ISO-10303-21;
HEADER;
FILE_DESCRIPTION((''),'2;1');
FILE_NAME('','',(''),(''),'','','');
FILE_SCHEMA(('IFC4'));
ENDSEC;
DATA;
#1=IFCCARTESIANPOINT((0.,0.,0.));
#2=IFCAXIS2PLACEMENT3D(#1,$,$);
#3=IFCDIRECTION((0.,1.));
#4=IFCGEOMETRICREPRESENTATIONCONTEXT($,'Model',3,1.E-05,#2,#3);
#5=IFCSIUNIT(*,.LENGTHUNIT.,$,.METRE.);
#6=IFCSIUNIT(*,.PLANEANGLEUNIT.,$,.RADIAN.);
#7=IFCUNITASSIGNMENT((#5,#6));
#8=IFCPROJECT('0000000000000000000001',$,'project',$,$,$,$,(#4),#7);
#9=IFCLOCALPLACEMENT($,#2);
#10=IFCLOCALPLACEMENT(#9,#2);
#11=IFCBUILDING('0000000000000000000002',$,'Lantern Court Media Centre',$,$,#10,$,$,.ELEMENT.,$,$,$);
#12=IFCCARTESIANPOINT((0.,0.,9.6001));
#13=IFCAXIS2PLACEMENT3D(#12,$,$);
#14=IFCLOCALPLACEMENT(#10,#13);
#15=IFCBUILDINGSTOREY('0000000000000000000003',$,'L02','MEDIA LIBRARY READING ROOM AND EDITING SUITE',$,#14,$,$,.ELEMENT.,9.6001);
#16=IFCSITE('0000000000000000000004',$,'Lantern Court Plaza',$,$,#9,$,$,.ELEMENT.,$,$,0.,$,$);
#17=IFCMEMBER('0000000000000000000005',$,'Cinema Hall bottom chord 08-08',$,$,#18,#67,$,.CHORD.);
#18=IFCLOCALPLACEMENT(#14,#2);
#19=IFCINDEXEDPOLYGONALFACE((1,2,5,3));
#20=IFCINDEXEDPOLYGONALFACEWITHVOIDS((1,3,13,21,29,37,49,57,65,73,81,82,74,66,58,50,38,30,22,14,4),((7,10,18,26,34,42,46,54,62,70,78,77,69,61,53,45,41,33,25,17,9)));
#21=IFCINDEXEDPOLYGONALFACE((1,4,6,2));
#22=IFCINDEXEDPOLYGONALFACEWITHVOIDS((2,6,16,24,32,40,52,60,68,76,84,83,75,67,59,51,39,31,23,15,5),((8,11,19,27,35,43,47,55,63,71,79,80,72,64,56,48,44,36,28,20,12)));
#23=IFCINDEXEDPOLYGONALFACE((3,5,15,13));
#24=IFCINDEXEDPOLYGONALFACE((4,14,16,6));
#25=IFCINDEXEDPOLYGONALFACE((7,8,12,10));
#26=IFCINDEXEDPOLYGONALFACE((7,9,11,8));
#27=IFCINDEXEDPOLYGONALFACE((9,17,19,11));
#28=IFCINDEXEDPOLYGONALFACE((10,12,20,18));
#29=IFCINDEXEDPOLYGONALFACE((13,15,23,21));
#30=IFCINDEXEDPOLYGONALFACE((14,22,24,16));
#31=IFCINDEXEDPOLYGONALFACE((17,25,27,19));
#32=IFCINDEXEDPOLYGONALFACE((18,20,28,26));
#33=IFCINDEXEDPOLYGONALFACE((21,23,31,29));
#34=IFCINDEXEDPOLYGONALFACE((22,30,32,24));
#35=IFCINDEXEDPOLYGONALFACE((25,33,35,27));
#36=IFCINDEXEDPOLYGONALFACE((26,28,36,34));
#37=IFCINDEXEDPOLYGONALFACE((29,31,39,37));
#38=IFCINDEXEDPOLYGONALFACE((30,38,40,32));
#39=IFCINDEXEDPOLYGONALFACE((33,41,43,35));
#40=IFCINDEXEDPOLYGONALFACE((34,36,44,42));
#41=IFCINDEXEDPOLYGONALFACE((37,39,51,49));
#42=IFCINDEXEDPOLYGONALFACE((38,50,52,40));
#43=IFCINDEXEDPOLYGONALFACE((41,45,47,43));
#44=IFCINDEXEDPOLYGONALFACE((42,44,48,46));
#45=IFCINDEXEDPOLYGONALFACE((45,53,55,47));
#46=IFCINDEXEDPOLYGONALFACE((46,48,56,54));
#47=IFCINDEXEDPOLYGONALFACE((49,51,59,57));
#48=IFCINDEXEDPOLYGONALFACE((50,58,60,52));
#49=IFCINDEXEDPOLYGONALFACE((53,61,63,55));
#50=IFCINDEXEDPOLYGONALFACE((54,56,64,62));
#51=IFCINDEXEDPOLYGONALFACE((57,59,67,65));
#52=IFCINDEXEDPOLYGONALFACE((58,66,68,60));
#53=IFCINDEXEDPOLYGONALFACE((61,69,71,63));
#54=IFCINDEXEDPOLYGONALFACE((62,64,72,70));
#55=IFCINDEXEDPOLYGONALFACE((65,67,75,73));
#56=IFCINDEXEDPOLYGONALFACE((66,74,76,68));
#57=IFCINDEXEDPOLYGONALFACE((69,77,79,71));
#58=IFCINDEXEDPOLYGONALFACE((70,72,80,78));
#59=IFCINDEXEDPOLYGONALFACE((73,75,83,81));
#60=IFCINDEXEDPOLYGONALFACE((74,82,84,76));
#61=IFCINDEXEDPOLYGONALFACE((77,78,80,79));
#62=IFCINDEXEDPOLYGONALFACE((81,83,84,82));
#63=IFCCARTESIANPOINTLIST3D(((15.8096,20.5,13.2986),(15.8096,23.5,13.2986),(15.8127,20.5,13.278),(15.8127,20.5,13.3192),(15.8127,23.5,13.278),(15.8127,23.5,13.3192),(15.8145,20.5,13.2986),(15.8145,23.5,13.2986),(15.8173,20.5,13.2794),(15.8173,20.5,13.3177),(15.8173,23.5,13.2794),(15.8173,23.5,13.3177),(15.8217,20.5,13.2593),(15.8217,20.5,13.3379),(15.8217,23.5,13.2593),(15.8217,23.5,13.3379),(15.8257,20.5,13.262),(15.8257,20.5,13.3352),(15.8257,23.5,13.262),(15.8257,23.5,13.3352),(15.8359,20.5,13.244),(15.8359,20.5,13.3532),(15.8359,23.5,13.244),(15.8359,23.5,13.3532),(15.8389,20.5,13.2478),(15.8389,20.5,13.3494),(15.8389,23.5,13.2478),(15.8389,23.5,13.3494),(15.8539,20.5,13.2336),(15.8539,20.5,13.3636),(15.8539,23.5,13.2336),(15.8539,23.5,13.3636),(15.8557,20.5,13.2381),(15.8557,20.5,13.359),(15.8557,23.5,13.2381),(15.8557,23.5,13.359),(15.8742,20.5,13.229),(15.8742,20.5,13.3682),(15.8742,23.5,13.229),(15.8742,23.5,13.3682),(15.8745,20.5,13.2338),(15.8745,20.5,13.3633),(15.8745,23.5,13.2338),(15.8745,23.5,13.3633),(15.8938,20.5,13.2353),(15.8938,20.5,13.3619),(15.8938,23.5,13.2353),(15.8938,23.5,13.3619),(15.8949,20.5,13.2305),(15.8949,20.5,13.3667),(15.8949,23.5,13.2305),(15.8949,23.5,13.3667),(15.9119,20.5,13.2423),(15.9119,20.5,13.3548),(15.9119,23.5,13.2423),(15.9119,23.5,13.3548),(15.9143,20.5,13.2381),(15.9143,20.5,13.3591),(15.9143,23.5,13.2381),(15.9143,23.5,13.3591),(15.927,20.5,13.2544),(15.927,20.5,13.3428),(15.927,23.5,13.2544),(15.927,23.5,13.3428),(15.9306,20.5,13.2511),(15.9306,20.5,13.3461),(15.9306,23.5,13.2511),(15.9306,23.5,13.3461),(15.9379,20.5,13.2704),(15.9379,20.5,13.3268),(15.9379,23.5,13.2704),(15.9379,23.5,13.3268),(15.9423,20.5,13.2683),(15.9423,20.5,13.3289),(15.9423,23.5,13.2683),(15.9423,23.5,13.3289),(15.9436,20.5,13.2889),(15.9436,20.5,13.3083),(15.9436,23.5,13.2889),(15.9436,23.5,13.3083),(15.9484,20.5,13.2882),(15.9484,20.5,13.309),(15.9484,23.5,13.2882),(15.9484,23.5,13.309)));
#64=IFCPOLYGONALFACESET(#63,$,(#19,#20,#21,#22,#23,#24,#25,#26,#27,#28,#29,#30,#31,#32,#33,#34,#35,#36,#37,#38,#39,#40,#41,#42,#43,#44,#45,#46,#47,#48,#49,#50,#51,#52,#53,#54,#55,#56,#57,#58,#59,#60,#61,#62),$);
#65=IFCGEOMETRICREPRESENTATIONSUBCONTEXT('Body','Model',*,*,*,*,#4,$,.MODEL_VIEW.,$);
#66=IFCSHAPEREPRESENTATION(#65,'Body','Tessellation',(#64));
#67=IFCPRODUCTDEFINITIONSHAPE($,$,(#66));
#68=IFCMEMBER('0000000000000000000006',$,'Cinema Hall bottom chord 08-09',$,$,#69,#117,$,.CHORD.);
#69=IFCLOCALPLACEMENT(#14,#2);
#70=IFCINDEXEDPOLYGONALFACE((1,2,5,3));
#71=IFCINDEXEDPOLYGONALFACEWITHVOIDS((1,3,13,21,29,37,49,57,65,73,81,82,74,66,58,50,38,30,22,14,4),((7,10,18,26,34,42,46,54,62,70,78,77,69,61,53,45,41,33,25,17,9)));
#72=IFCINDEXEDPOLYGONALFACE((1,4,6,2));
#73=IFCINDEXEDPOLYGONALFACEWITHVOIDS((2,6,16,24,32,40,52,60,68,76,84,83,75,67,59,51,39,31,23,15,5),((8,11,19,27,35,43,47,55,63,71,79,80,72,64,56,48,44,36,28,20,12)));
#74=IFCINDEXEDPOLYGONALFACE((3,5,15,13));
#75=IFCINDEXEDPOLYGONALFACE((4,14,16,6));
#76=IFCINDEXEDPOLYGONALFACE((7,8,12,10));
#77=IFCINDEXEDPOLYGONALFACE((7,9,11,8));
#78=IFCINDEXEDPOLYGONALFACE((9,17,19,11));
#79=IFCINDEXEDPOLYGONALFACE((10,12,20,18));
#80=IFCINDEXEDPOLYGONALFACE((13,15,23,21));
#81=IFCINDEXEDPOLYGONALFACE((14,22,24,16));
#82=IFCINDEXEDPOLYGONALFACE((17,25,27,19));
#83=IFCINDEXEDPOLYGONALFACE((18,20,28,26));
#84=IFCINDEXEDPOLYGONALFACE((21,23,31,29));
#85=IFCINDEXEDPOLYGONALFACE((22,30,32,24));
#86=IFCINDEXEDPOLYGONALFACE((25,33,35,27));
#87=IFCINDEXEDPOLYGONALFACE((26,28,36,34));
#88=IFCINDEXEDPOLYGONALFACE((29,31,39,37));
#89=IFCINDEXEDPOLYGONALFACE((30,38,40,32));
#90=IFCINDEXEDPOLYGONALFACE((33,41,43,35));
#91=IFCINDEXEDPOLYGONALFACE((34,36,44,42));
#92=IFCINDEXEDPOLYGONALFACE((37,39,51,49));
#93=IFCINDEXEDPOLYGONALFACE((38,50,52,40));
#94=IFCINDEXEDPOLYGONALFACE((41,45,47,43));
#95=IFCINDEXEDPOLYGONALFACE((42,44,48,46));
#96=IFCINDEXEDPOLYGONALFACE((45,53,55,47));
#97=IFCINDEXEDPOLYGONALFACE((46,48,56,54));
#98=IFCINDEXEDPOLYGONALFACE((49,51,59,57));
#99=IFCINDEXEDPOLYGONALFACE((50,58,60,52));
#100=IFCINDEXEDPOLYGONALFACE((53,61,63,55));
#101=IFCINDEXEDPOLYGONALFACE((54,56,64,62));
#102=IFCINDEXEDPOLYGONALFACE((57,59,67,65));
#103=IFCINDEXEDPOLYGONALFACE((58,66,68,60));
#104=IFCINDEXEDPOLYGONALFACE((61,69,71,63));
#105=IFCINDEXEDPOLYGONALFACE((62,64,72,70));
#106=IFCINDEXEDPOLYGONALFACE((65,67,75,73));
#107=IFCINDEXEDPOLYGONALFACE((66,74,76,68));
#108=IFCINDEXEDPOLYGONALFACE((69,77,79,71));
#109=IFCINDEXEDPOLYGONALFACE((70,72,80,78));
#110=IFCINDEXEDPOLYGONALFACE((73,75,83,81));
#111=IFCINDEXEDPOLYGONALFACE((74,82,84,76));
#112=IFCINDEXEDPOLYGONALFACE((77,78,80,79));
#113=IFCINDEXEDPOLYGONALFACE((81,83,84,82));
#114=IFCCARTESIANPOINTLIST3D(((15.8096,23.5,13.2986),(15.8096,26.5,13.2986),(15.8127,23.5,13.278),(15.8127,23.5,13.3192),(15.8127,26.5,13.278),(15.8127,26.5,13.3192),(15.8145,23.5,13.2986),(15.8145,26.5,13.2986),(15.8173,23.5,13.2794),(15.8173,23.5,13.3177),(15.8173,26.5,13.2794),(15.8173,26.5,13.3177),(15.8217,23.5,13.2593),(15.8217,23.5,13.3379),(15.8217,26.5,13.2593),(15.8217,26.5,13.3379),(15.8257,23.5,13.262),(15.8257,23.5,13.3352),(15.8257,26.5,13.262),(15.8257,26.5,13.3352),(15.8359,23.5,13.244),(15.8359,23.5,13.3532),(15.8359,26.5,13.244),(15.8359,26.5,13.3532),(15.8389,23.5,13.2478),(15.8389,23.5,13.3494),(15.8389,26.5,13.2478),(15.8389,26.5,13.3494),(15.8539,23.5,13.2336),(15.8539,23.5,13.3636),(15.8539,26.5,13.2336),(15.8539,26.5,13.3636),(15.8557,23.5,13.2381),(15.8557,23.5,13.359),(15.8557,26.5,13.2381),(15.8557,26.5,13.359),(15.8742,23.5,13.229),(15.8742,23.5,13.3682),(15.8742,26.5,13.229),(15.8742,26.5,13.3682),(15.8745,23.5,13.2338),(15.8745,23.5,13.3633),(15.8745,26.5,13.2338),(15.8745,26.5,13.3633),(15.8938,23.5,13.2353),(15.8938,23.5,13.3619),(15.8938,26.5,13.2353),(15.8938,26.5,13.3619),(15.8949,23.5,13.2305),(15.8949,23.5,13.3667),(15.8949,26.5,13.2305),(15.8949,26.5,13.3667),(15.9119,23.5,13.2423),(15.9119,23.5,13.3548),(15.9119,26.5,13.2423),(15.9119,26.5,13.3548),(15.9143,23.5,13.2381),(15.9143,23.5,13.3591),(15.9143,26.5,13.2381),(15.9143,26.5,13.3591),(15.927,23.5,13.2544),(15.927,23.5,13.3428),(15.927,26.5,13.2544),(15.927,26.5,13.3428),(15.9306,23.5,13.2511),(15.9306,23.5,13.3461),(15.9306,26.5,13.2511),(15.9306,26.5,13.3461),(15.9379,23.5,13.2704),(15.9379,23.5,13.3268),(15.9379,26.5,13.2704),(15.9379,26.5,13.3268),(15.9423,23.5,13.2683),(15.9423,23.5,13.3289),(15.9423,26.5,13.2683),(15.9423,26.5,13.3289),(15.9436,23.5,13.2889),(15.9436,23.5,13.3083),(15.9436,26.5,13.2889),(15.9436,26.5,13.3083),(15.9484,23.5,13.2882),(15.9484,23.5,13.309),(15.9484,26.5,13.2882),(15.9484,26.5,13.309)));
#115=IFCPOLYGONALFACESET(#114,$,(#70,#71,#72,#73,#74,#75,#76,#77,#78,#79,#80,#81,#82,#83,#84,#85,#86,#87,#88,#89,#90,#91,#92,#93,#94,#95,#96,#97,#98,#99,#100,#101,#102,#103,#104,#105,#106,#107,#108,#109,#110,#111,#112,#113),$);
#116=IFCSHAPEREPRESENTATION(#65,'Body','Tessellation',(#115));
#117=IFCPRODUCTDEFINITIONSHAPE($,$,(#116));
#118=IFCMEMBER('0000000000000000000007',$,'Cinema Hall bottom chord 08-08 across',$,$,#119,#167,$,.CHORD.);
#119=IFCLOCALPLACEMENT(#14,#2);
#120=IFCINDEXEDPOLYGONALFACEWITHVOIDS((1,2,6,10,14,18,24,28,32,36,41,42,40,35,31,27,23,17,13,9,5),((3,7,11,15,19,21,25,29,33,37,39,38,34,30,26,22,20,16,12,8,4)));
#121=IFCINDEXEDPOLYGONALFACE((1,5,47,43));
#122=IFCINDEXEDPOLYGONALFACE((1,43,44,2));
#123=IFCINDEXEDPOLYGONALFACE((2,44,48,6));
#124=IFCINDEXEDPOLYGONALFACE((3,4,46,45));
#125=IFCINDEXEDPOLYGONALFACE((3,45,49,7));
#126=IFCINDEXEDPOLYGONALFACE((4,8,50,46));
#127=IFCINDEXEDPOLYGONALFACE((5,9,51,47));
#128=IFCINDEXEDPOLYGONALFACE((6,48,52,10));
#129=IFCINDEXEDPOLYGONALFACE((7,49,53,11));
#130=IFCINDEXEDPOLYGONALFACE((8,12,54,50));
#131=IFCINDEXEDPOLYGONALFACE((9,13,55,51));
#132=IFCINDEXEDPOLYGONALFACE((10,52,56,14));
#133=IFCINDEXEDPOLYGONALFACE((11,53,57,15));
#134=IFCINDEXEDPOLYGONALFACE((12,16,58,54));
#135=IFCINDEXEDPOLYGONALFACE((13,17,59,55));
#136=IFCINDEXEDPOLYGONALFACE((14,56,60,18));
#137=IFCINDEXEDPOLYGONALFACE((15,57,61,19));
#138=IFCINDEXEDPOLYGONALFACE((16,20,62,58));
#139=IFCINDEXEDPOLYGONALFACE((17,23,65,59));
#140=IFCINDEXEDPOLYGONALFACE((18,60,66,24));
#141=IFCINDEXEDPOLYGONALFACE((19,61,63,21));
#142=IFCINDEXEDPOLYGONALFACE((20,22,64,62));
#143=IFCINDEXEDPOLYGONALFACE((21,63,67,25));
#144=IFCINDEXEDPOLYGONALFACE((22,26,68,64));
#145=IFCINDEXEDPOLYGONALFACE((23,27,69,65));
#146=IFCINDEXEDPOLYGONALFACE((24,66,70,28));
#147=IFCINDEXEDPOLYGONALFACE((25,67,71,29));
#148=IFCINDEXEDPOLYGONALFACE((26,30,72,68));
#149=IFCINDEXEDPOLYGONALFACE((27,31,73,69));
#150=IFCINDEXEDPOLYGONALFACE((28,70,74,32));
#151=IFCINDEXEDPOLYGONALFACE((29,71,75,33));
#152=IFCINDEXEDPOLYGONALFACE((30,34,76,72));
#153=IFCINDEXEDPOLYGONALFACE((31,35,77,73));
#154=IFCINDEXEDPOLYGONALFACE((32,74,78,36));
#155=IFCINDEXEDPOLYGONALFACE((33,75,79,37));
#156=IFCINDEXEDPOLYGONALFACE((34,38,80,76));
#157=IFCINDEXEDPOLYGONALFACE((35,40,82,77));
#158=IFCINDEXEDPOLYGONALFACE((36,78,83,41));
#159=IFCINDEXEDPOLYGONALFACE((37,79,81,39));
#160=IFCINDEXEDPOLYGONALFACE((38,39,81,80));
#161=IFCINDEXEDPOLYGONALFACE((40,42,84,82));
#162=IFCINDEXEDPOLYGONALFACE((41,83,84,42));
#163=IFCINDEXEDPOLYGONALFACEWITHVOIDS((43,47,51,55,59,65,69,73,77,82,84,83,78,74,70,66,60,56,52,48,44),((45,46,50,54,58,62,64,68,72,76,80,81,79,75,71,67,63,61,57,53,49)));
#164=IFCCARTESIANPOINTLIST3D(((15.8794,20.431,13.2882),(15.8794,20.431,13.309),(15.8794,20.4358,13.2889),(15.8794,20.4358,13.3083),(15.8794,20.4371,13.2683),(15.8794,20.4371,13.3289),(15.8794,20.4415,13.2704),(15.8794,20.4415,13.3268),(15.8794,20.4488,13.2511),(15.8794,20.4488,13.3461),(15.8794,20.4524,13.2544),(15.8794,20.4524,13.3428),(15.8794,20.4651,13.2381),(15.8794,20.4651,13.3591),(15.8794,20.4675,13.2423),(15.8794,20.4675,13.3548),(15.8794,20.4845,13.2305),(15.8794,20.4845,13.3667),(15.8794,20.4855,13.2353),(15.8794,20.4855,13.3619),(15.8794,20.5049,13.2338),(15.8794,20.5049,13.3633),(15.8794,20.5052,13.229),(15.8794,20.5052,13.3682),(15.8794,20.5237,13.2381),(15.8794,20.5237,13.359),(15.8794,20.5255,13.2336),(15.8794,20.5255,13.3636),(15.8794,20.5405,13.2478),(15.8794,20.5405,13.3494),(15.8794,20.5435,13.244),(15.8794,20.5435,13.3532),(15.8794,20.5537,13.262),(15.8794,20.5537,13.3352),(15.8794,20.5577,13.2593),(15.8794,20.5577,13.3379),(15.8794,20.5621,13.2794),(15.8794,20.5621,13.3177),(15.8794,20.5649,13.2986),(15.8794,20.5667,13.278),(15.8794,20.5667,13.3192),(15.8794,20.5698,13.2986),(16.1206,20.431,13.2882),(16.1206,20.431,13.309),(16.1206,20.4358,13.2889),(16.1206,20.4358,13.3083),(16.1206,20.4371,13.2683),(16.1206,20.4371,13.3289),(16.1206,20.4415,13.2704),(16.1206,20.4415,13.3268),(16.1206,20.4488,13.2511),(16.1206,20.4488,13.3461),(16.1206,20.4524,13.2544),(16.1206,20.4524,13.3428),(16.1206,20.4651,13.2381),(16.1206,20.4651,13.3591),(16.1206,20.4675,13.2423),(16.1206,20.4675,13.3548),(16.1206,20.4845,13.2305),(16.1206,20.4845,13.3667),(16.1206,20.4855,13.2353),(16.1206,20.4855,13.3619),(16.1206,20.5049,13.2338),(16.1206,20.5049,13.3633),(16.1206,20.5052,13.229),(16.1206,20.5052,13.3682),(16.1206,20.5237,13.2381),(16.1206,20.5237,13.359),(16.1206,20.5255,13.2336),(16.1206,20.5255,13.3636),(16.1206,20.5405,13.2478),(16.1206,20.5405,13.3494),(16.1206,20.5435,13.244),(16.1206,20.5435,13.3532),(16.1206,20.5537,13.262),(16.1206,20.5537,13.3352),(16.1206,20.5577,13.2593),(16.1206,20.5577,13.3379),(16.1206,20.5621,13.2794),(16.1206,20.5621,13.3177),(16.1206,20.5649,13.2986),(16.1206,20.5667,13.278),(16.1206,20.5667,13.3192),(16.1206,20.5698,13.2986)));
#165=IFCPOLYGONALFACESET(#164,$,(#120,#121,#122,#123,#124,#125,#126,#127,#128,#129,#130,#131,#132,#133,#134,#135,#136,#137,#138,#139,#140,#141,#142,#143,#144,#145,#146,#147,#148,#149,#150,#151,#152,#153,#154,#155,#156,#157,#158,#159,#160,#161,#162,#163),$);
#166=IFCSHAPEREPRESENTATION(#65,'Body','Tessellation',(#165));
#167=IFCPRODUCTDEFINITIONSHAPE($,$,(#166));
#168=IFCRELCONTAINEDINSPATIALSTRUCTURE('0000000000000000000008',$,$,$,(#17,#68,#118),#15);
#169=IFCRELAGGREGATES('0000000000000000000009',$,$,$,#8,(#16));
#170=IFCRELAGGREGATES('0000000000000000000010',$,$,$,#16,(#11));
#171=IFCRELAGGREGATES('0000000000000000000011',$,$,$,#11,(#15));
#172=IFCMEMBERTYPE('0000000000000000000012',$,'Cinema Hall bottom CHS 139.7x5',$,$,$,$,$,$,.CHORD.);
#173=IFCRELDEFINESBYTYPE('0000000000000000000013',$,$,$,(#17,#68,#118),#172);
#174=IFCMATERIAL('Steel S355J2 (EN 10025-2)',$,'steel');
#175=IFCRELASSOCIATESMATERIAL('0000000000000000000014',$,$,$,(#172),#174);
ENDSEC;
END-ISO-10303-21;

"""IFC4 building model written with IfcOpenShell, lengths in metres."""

from ifc_helpers import new_model, si_unit, direction, frame, origin, origin_2d, place, context, subcontext, project, spatial, hollow_circle, extrude, material, material_profile, profile_set, type_object, element, save


model = new_model("IFC4")

# Units and contexts
model_context = context("Model", 3, precision=1e-05, world=origin(), true_north=direction((0.0, 1.0)))
body_context = subcontext(model_context, "Body", "Model", "MODEL_VIEW")
ifc_project = project(units=[si_unit("LENGTHUNIT", "METRE"), si_unit("PLANEANGLEUNIT", "RADIAN")], contexts=[model_context])

# Site, building, storey
site_placement = place(None, origin())
site = spatial("IfcSite", under=ifc_project, at=site_placement, Name="Lantern Court Plaza", CompositionType="ELEMENT", RefElevation=0.0)
building_placement = place(site_placement, origin())
building = spatial("IfcBuilding", under=site, at=building_placement, Name="Lantern Court Media Centre", CompositionType="ELEMENT")
storey_placement = place(building_placement, frame((0.0, 0.0, 9.6001)))
storey = spatial("IfcBuildingStorey", under=building, at=storey_placement, Name="L02", Description="MEDIA LIBRARY READING ROOM AND EDITING SUITE", CompositionType="ELEMENT", Elevation=9.6001)

# Members
ifc_material = material(Name="Steel S355J2 (EN 10025-2)", Category="steel")
ifc_material_profile_1 = material_profile(ifc_material, hollow_circle(Radius=0.0698, WallThickness=0.0049, at=origin_2d()), Name="Cinema Hall bottom CHS 139.7x5")
ifc_profile_set_1 = profile_set([ifc_material_profile_1], Name="Steel S355J2 (EN 10025-2)")
member_type_1 = type_object("IfcMemberType", Name="Cinema Hall bottom CHS 139.7x5", PredefinedType="CHORD", material=ifc_profile_set_1)
for number, where, z_axis, x_axis, name in (
    (1, (15.8794, 20.5, 13.2986), (0.0, 1.0, 0.0), (-1.0, 0.0, 0.0), "Cinema Hall bottom chord 08-08"),
    (2, (15.8794, 23.5, 13.2986), (0.0, 1.0, 0.0), (-1.0, 0.0, 0.0), "Cinema Hall bottom chord 08-09"),
):
    element("IfcMember", number, at=place(storey_placement, frame(where, z_axis=z_axis, x_axis=x_axis)), inside=storey, type_object=member_type_1, Name=name, PredefinedType="CHORD", context=body_context, shape_type="SweptSolid", body=[
        extrude(hollow_circle(Radius=0.0698, WallThickness=0.0049, at=origin_2d()), origin(), (0.0, 0.0, 1.0), 3.0),
    ])
for number, where, z_axis, x_axis, name in (
    (3, (15.8794, 20.5, 13.2986), (1.0, 0.0, 0.0), (0.0, 1.0, 0.0), "Cinema Hall bottom chord 08-08 across"),
):
    element("IfcMember", number, at=place(storey_placement, frame(where, z_axis=z_axis, x_axis=x_axis)), inside=storey, type_object=member_type_1, Name=name, PredefinedType="CHORD", context=body_context, shape_type="SweptSolid", body=[
        extrude(hollow_circle(Radius=0.0698, WallThickness=0.0049, at=origin_2d()), origin(), (0.0, 0.0, 1.0), 0.2412),
    ])

save(model, "model.ifc")
